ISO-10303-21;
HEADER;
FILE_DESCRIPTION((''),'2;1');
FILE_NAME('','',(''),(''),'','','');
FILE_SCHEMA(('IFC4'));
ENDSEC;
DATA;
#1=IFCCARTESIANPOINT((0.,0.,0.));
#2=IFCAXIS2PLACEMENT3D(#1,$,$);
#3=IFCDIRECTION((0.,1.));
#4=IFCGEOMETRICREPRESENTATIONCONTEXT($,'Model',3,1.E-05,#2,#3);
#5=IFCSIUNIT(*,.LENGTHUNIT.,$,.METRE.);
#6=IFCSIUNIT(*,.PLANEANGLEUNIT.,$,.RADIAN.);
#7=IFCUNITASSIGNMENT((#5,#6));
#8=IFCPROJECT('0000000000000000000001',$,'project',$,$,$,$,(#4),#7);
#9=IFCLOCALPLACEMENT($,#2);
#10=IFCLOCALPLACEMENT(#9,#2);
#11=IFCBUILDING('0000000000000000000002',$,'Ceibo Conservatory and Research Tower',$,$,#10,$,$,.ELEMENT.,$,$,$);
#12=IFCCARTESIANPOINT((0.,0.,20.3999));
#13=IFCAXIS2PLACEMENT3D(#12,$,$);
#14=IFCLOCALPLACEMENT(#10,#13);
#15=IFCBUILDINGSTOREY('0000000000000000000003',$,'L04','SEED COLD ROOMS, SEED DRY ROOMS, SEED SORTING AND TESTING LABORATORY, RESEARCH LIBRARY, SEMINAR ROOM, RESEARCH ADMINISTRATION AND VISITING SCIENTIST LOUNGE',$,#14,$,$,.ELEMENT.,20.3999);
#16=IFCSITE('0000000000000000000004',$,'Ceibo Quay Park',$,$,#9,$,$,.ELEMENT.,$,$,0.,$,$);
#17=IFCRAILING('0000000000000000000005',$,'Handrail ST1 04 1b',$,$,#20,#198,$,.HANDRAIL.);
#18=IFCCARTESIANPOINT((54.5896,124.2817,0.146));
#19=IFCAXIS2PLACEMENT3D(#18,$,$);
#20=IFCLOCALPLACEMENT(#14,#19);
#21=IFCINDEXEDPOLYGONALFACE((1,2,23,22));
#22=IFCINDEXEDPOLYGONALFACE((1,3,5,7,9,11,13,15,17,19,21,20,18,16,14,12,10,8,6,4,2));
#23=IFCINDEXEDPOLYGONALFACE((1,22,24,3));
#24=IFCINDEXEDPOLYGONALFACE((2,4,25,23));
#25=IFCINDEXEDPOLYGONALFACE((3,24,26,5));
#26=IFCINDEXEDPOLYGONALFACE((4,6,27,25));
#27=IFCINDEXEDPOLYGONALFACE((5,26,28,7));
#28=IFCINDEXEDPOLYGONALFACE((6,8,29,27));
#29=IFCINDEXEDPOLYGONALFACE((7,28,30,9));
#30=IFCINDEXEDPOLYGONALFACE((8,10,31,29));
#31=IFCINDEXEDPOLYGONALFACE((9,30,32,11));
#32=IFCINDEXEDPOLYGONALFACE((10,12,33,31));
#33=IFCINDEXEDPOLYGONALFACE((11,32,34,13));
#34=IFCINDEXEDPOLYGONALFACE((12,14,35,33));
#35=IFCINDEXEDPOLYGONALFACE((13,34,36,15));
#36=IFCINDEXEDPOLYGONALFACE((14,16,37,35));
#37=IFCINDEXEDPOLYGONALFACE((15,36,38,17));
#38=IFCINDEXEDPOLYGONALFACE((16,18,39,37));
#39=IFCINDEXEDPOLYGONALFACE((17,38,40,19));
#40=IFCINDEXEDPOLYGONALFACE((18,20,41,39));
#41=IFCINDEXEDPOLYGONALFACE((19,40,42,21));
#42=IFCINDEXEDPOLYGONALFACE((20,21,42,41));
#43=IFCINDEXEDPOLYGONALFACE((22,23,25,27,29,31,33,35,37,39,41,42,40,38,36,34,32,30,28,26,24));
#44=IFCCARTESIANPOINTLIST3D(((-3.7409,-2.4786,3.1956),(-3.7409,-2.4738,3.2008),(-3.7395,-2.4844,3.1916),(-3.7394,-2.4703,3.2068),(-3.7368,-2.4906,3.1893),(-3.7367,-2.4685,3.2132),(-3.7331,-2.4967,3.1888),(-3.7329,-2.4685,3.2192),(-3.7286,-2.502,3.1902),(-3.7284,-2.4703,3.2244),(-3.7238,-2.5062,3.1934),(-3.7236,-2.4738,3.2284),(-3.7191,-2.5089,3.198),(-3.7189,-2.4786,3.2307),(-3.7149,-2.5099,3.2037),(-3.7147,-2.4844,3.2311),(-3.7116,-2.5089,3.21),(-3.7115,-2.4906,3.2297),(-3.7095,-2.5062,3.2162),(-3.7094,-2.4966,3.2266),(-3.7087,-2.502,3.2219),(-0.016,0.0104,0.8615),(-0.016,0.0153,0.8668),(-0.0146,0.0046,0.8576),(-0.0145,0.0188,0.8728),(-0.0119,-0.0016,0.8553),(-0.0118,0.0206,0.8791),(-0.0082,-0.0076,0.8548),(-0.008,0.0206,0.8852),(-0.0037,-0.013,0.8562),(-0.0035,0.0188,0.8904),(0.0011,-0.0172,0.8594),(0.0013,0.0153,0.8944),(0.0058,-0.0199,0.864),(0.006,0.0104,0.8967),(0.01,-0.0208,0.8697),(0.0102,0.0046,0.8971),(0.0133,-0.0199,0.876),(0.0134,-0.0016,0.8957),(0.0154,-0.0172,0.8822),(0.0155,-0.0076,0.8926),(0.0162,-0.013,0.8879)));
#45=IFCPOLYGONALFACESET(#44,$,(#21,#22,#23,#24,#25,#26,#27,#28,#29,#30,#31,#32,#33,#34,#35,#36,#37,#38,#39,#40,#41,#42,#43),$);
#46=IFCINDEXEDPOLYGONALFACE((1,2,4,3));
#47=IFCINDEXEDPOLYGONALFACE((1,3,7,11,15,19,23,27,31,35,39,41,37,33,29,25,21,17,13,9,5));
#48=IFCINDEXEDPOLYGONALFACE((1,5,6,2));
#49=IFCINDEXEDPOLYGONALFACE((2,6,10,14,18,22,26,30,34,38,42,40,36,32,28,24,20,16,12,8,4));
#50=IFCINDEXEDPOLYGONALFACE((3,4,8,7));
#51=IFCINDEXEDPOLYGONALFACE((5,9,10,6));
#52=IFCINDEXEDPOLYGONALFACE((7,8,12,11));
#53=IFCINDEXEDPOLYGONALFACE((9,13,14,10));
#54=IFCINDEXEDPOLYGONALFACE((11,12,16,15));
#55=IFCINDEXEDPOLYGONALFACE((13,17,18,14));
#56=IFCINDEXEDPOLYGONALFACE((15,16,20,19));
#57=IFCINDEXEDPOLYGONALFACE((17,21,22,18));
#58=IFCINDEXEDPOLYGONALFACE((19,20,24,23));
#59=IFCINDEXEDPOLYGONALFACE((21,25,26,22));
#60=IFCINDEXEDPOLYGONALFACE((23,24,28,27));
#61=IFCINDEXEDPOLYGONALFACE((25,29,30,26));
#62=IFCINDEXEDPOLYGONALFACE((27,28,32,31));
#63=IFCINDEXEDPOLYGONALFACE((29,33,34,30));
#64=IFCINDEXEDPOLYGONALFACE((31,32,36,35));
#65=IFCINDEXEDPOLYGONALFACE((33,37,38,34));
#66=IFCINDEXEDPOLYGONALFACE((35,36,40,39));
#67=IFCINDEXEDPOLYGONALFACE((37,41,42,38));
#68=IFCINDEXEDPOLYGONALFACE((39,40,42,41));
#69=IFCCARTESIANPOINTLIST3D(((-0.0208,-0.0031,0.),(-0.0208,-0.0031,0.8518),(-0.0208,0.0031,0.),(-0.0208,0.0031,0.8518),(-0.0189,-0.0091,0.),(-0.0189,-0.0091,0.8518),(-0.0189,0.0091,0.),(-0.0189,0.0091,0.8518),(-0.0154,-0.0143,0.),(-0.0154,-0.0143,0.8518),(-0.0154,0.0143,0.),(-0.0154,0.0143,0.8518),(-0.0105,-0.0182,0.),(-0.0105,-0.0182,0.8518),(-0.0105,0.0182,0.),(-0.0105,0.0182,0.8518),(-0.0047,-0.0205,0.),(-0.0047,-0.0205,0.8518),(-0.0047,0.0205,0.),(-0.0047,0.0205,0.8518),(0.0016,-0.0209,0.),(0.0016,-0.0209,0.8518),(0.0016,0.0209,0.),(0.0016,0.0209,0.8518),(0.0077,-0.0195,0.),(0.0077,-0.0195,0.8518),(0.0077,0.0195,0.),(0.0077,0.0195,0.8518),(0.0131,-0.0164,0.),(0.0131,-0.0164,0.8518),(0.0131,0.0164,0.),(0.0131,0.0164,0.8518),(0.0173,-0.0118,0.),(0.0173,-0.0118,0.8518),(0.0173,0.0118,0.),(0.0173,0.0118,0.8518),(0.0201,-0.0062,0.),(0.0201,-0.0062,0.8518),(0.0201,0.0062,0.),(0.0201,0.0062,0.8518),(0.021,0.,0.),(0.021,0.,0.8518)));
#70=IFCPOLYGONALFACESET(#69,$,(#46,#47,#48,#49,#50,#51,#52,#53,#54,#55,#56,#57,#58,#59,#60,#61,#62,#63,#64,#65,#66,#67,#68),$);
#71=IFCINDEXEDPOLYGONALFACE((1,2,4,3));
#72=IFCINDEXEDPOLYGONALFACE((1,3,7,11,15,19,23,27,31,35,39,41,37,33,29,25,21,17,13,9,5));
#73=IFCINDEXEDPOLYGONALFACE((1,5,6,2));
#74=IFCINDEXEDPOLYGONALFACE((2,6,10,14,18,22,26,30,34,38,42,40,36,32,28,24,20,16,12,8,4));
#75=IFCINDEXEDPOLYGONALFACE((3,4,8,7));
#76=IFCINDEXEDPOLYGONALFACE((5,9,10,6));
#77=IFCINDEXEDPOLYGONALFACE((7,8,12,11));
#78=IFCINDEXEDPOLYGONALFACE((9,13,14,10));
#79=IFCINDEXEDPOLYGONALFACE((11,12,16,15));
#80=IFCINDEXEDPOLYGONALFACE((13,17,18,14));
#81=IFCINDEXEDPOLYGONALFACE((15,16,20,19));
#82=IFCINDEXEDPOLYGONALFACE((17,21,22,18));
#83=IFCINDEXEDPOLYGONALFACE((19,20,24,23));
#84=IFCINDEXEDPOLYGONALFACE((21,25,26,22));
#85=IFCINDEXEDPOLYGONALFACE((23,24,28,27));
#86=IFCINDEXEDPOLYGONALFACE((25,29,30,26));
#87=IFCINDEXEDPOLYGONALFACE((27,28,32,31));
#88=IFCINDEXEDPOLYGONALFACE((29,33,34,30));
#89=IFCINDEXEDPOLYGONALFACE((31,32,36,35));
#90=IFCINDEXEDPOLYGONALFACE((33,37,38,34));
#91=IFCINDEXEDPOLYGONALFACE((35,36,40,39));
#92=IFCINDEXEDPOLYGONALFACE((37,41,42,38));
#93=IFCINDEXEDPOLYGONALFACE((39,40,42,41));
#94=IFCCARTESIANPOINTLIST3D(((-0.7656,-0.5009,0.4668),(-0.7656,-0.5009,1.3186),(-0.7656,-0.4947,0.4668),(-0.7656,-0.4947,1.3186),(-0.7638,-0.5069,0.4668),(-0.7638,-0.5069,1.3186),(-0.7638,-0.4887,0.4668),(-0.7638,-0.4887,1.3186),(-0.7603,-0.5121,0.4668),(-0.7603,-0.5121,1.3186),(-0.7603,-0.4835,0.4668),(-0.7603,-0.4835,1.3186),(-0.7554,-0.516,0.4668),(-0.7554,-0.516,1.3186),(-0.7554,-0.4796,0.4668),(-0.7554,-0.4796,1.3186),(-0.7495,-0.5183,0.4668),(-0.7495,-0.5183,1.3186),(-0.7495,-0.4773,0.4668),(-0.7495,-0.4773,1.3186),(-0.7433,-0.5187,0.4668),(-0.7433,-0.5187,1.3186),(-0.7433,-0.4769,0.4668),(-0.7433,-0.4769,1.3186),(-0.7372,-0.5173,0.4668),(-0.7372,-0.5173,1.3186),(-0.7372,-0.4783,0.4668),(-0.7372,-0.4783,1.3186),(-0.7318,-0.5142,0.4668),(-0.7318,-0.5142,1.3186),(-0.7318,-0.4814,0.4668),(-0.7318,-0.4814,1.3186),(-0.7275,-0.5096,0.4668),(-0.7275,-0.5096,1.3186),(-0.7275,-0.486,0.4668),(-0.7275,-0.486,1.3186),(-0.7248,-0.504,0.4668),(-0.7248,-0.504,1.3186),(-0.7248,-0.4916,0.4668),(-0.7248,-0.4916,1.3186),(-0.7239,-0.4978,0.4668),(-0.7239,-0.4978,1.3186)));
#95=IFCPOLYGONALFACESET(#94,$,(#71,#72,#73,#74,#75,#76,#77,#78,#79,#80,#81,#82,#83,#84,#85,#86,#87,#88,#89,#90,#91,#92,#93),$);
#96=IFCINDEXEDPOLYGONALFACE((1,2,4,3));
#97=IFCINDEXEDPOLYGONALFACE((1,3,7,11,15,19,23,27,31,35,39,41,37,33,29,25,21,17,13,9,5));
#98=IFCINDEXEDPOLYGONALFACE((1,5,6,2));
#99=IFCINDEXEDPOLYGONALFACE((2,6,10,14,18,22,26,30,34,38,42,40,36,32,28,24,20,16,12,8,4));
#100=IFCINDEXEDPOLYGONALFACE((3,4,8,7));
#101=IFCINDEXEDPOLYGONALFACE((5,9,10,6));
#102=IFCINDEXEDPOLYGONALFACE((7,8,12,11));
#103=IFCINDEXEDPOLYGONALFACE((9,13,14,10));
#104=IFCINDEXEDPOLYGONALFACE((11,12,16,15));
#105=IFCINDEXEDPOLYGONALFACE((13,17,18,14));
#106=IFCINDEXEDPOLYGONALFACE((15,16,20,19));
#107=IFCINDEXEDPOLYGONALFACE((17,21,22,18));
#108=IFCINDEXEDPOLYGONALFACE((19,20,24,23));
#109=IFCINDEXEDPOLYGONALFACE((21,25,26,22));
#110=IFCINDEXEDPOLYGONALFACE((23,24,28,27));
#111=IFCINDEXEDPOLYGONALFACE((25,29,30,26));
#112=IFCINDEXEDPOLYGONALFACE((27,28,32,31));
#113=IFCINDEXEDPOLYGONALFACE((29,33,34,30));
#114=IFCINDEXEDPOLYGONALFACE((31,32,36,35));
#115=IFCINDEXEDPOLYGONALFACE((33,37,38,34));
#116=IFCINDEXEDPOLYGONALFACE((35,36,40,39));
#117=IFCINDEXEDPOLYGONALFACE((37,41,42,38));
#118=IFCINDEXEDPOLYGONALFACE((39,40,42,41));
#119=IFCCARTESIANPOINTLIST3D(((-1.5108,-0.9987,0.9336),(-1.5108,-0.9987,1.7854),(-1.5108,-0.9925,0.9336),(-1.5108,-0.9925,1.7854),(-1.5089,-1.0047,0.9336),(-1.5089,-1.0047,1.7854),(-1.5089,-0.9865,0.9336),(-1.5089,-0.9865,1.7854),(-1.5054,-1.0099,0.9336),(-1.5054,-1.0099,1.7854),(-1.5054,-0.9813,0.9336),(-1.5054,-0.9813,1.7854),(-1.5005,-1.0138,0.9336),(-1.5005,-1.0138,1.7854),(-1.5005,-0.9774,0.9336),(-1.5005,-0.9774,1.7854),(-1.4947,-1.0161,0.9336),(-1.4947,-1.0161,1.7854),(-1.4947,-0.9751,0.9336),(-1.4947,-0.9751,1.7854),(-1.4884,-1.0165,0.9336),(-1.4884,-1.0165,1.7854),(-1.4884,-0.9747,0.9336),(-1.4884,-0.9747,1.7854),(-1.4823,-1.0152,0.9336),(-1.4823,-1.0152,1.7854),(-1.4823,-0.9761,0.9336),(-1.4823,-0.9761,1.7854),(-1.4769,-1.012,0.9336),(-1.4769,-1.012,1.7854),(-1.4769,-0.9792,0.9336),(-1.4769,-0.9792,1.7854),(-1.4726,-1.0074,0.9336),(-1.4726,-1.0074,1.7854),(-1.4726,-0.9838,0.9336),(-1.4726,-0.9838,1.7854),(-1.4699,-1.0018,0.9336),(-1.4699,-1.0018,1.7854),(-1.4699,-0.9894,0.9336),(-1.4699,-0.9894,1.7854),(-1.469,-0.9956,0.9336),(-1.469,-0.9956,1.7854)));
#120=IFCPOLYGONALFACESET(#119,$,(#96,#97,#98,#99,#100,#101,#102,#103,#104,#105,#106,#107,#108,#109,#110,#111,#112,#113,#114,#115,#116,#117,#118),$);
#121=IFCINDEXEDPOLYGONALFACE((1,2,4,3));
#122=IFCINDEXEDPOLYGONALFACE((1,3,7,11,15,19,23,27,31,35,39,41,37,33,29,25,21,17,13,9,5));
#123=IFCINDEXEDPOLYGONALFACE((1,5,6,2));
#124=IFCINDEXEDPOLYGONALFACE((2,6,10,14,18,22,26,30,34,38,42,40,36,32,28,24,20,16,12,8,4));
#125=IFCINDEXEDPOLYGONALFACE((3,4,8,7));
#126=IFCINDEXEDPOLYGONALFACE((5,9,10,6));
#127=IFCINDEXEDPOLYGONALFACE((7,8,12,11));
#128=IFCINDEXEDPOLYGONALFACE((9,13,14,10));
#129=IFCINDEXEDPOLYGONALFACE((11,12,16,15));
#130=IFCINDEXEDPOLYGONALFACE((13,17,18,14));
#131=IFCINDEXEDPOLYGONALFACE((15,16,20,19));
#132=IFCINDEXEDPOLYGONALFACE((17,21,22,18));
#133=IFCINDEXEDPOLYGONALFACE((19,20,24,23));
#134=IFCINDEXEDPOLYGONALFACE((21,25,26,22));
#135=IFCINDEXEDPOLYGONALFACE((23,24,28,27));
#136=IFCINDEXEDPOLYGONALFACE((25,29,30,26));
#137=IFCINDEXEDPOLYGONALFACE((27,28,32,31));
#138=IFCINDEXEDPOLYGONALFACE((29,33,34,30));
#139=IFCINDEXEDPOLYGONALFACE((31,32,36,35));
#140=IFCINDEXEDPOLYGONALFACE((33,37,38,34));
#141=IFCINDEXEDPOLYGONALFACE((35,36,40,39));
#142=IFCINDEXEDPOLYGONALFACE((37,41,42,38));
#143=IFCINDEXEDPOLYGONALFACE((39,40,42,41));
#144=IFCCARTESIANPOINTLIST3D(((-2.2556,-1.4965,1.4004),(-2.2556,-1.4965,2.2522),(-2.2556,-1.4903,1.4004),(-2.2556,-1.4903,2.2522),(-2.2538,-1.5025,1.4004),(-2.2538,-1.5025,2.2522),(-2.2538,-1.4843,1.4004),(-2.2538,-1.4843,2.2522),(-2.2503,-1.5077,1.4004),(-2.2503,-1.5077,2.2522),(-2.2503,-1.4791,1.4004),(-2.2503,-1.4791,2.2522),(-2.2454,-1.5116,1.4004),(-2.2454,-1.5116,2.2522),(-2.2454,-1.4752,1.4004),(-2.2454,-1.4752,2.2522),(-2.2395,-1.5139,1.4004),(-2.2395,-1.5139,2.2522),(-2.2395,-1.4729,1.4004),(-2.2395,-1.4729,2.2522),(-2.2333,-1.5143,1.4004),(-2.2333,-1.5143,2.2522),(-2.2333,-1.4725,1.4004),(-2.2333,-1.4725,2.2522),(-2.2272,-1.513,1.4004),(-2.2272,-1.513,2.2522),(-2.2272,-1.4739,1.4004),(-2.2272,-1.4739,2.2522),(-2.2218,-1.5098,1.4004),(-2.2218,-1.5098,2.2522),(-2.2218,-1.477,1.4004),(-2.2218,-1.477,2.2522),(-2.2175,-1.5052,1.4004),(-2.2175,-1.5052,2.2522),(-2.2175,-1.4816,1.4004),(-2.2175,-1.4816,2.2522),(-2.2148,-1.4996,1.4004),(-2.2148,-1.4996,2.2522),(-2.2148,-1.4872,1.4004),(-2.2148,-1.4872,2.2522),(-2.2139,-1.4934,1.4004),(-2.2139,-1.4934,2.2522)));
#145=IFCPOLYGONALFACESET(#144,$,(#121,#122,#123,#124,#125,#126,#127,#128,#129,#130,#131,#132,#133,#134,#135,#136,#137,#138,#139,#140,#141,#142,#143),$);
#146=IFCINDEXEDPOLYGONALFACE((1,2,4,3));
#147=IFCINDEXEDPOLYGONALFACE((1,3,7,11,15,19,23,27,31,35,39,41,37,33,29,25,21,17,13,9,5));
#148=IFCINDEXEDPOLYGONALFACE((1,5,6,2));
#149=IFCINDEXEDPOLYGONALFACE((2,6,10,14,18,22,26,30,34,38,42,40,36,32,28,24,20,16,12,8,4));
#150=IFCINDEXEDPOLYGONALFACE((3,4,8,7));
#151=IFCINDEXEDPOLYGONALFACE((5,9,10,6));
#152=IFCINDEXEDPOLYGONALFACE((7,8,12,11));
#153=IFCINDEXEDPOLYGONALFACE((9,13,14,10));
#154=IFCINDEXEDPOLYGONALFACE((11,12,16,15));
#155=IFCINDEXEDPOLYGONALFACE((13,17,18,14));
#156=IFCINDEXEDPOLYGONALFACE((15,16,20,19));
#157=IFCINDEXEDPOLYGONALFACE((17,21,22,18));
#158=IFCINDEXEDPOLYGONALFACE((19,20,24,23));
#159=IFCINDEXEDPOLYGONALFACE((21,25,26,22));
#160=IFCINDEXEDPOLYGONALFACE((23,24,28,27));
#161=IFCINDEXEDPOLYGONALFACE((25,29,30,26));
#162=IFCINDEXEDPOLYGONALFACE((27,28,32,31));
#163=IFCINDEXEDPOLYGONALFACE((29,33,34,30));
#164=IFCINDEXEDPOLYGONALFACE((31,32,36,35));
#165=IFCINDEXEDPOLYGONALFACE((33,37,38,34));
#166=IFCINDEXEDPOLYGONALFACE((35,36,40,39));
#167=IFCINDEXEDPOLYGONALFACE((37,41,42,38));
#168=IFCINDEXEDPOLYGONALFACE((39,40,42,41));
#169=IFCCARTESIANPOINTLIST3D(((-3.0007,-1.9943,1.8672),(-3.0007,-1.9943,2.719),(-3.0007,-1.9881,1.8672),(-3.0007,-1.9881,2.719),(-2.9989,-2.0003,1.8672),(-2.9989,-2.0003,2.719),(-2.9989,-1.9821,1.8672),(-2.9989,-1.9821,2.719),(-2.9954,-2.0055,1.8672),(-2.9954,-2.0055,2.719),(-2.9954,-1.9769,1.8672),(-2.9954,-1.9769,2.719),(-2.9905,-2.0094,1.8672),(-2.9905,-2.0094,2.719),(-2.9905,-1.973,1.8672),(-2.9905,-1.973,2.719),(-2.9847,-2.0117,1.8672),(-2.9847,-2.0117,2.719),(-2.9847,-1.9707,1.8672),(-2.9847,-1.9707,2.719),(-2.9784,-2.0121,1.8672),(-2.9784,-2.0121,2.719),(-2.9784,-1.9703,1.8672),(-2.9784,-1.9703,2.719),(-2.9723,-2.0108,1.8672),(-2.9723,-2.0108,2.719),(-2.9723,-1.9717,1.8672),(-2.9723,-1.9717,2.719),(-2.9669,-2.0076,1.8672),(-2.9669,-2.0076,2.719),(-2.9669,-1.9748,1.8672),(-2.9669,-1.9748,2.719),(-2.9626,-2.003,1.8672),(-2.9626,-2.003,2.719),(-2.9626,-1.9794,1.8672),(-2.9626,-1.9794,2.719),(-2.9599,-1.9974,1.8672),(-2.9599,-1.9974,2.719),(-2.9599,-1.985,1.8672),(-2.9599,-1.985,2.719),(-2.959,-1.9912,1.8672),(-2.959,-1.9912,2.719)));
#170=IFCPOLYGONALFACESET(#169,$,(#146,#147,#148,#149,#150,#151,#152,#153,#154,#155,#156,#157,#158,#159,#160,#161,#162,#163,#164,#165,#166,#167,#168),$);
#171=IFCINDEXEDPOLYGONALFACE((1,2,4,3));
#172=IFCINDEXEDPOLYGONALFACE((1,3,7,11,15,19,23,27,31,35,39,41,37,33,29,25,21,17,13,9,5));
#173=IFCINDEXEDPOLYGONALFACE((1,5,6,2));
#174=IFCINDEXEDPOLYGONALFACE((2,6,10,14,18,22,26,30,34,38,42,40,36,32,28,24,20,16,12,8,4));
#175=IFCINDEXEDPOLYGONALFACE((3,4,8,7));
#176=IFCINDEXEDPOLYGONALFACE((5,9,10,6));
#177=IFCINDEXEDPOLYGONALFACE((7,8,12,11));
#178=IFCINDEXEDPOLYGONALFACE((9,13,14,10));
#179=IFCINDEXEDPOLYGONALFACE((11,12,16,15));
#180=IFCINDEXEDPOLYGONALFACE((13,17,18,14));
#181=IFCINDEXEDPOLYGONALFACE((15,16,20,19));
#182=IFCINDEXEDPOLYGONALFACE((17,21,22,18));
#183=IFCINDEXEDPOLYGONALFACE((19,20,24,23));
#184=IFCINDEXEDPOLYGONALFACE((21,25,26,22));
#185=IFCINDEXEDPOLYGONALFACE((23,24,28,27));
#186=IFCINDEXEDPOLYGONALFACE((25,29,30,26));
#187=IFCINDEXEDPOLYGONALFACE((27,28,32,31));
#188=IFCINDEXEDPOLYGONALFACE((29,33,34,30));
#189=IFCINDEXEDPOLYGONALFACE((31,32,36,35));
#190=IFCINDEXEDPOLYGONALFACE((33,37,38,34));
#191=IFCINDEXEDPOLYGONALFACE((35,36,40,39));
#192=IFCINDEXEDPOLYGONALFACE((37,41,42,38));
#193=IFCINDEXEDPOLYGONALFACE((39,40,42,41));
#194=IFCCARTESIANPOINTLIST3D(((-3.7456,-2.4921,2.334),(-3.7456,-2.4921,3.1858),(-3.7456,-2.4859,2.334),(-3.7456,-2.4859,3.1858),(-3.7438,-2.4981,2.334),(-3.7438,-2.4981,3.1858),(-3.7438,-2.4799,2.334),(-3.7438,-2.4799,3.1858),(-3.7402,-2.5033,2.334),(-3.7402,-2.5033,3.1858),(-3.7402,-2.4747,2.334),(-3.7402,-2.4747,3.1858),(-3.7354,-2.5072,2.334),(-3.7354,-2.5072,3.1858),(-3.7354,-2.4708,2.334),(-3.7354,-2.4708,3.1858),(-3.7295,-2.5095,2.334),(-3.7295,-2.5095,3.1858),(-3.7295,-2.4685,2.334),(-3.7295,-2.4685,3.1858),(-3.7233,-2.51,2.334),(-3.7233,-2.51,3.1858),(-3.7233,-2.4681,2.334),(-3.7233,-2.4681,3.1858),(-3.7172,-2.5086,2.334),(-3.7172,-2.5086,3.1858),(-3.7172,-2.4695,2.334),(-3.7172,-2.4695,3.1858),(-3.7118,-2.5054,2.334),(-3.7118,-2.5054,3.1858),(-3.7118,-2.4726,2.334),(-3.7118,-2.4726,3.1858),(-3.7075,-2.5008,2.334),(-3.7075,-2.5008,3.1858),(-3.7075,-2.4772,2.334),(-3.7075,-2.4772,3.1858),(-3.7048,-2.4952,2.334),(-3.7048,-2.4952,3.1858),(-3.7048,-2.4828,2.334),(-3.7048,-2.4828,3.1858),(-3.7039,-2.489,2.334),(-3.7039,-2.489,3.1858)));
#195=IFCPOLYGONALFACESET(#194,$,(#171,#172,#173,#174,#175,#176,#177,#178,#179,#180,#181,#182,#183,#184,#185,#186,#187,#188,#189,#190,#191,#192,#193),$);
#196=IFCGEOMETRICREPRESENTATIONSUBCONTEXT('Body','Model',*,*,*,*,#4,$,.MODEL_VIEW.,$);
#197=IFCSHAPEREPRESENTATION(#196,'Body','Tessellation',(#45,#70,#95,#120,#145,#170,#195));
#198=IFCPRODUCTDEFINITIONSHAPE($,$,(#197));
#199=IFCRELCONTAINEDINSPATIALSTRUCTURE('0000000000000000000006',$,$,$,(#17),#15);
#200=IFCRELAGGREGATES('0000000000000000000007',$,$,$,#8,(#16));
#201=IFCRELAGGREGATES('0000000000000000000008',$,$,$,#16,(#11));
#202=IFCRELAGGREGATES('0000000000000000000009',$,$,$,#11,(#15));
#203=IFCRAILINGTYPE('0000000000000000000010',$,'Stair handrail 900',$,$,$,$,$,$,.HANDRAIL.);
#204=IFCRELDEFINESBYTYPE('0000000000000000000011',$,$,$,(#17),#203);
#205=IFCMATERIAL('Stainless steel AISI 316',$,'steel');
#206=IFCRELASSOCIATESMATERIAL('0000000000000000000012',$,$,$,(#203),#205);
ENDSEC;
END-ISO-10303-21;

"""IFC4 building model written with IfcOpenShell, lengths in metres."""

from ifc_helpers import new_model, si_unit, direction, frame, origin, origin_2d, place, context, subcontext, project, spatial, circle, extrude, material, type_object, element, save


model = new_model("IFC4")

# Units and contexts
model_context = context("Model", 3, precision=1e-05, world=origin(), true_north=direction((0.0, 1.0)))
body_context = subcontext(model_context, "Body", "Model", "MODEL_VIEW")
ifc_project = project(units=[si_unit("LENGTHUNIT", "METRE"), si_unit("PLANEANGLEUNIT", "RADIAN")], contexts=[model_context])

# Site, building, storey
site_placement = place(None, origin())
site = spatial("IfcSite", under=ifc_project, at=site_placement, Name="Ceibo Quay Park", CompositionType="ELEMENT", RefElevation=0.0)
building_placement = place(site_placement, origin())
building = spatial("IfcBuilding", under=site, at=building_placement, Name="Ceibo Conservatory and Research Tower", CompositionType="ELEMENT")
storey_placement = place(building_placement, frame((0.0, 0.0, 20.3999)))
storey = spatial("IfcBuildingStorey", under=building, at=storey_placement, Name="L04", Description="SEED COLD ROOMS, SEED DRY ROOMS, SEED SORTING AND TESTING LABORATORY, RESEARCH LIBRARY, SEMINAR ROOM, RESEARCH ADMINISTRATION AND VISITING SCIENTIST LOUNGE", CompositionType="ELEMENT", Elevation=20.3999)

# Railing
ifc_material_1 = material(Name="Stainless steel AISI 316", Category="steel")
railing_type = type_object("IfcRailingType", Name="Stair handrail 900", PredefinedType="HANDRAIL", material=ifc_material_1)
railing_1_placement = place(storey_placement, frame((54.5896, 124.2817, 0.146)))
element("IfcRailing", 1, at=railing_1_placement, inside=storey, type_object=railing_type, Name="Handrail ST1 04 1b", PredefinedType="HANDRAIL", context=body_context, shape_type="SweptSolid", body=[
    extrude(circle(Radius=0.0239, at=origin_2d()), frame((0.0, 0.0, 0.876), z_axis=(-0.737382, -0.492732, 0.462042), x_axis=(0.555593, -0.831455, 0.0)), (0.0, 0.0, 1.0), 5.0515),
    extrude(circle(Radius=0.021, at=origin_2d()), origin(), (0.0, 0.0, 1.0), 0.8518),
    extrude(circle(Radius=0.021, at=origin_2d()), frame((-0.7449, -0.4978, 0.4668)), (0.0, 0.0, 1.0), 0.8518),
    extrude(circle(Radius=0.021, at=origin_2d()), frame((-1.49, -0.9956, 0.9336)), (0.0, 0.0, 1.0), 0.8518),
    extrude(circle(Radius=0.021, at=origin_2d()), frame((-2.2349, -1.4934, 1.4004)), (0.0, 0.0, 1.0), 0.8518),
    extrude(circle(Radius=0.021, at=origin_2d()), frame((-2.98, -1.9912, 1.8672)), (0.0, 0.0, 1.0), 0.8518),
    extrude(circle(Radius=0.021, at=origin_2d()), frame((-3.7249, -2.489, 2.334)), (0.0, 0.0, 1.0), 0.8518),
])

save(model, "model.ifc")
